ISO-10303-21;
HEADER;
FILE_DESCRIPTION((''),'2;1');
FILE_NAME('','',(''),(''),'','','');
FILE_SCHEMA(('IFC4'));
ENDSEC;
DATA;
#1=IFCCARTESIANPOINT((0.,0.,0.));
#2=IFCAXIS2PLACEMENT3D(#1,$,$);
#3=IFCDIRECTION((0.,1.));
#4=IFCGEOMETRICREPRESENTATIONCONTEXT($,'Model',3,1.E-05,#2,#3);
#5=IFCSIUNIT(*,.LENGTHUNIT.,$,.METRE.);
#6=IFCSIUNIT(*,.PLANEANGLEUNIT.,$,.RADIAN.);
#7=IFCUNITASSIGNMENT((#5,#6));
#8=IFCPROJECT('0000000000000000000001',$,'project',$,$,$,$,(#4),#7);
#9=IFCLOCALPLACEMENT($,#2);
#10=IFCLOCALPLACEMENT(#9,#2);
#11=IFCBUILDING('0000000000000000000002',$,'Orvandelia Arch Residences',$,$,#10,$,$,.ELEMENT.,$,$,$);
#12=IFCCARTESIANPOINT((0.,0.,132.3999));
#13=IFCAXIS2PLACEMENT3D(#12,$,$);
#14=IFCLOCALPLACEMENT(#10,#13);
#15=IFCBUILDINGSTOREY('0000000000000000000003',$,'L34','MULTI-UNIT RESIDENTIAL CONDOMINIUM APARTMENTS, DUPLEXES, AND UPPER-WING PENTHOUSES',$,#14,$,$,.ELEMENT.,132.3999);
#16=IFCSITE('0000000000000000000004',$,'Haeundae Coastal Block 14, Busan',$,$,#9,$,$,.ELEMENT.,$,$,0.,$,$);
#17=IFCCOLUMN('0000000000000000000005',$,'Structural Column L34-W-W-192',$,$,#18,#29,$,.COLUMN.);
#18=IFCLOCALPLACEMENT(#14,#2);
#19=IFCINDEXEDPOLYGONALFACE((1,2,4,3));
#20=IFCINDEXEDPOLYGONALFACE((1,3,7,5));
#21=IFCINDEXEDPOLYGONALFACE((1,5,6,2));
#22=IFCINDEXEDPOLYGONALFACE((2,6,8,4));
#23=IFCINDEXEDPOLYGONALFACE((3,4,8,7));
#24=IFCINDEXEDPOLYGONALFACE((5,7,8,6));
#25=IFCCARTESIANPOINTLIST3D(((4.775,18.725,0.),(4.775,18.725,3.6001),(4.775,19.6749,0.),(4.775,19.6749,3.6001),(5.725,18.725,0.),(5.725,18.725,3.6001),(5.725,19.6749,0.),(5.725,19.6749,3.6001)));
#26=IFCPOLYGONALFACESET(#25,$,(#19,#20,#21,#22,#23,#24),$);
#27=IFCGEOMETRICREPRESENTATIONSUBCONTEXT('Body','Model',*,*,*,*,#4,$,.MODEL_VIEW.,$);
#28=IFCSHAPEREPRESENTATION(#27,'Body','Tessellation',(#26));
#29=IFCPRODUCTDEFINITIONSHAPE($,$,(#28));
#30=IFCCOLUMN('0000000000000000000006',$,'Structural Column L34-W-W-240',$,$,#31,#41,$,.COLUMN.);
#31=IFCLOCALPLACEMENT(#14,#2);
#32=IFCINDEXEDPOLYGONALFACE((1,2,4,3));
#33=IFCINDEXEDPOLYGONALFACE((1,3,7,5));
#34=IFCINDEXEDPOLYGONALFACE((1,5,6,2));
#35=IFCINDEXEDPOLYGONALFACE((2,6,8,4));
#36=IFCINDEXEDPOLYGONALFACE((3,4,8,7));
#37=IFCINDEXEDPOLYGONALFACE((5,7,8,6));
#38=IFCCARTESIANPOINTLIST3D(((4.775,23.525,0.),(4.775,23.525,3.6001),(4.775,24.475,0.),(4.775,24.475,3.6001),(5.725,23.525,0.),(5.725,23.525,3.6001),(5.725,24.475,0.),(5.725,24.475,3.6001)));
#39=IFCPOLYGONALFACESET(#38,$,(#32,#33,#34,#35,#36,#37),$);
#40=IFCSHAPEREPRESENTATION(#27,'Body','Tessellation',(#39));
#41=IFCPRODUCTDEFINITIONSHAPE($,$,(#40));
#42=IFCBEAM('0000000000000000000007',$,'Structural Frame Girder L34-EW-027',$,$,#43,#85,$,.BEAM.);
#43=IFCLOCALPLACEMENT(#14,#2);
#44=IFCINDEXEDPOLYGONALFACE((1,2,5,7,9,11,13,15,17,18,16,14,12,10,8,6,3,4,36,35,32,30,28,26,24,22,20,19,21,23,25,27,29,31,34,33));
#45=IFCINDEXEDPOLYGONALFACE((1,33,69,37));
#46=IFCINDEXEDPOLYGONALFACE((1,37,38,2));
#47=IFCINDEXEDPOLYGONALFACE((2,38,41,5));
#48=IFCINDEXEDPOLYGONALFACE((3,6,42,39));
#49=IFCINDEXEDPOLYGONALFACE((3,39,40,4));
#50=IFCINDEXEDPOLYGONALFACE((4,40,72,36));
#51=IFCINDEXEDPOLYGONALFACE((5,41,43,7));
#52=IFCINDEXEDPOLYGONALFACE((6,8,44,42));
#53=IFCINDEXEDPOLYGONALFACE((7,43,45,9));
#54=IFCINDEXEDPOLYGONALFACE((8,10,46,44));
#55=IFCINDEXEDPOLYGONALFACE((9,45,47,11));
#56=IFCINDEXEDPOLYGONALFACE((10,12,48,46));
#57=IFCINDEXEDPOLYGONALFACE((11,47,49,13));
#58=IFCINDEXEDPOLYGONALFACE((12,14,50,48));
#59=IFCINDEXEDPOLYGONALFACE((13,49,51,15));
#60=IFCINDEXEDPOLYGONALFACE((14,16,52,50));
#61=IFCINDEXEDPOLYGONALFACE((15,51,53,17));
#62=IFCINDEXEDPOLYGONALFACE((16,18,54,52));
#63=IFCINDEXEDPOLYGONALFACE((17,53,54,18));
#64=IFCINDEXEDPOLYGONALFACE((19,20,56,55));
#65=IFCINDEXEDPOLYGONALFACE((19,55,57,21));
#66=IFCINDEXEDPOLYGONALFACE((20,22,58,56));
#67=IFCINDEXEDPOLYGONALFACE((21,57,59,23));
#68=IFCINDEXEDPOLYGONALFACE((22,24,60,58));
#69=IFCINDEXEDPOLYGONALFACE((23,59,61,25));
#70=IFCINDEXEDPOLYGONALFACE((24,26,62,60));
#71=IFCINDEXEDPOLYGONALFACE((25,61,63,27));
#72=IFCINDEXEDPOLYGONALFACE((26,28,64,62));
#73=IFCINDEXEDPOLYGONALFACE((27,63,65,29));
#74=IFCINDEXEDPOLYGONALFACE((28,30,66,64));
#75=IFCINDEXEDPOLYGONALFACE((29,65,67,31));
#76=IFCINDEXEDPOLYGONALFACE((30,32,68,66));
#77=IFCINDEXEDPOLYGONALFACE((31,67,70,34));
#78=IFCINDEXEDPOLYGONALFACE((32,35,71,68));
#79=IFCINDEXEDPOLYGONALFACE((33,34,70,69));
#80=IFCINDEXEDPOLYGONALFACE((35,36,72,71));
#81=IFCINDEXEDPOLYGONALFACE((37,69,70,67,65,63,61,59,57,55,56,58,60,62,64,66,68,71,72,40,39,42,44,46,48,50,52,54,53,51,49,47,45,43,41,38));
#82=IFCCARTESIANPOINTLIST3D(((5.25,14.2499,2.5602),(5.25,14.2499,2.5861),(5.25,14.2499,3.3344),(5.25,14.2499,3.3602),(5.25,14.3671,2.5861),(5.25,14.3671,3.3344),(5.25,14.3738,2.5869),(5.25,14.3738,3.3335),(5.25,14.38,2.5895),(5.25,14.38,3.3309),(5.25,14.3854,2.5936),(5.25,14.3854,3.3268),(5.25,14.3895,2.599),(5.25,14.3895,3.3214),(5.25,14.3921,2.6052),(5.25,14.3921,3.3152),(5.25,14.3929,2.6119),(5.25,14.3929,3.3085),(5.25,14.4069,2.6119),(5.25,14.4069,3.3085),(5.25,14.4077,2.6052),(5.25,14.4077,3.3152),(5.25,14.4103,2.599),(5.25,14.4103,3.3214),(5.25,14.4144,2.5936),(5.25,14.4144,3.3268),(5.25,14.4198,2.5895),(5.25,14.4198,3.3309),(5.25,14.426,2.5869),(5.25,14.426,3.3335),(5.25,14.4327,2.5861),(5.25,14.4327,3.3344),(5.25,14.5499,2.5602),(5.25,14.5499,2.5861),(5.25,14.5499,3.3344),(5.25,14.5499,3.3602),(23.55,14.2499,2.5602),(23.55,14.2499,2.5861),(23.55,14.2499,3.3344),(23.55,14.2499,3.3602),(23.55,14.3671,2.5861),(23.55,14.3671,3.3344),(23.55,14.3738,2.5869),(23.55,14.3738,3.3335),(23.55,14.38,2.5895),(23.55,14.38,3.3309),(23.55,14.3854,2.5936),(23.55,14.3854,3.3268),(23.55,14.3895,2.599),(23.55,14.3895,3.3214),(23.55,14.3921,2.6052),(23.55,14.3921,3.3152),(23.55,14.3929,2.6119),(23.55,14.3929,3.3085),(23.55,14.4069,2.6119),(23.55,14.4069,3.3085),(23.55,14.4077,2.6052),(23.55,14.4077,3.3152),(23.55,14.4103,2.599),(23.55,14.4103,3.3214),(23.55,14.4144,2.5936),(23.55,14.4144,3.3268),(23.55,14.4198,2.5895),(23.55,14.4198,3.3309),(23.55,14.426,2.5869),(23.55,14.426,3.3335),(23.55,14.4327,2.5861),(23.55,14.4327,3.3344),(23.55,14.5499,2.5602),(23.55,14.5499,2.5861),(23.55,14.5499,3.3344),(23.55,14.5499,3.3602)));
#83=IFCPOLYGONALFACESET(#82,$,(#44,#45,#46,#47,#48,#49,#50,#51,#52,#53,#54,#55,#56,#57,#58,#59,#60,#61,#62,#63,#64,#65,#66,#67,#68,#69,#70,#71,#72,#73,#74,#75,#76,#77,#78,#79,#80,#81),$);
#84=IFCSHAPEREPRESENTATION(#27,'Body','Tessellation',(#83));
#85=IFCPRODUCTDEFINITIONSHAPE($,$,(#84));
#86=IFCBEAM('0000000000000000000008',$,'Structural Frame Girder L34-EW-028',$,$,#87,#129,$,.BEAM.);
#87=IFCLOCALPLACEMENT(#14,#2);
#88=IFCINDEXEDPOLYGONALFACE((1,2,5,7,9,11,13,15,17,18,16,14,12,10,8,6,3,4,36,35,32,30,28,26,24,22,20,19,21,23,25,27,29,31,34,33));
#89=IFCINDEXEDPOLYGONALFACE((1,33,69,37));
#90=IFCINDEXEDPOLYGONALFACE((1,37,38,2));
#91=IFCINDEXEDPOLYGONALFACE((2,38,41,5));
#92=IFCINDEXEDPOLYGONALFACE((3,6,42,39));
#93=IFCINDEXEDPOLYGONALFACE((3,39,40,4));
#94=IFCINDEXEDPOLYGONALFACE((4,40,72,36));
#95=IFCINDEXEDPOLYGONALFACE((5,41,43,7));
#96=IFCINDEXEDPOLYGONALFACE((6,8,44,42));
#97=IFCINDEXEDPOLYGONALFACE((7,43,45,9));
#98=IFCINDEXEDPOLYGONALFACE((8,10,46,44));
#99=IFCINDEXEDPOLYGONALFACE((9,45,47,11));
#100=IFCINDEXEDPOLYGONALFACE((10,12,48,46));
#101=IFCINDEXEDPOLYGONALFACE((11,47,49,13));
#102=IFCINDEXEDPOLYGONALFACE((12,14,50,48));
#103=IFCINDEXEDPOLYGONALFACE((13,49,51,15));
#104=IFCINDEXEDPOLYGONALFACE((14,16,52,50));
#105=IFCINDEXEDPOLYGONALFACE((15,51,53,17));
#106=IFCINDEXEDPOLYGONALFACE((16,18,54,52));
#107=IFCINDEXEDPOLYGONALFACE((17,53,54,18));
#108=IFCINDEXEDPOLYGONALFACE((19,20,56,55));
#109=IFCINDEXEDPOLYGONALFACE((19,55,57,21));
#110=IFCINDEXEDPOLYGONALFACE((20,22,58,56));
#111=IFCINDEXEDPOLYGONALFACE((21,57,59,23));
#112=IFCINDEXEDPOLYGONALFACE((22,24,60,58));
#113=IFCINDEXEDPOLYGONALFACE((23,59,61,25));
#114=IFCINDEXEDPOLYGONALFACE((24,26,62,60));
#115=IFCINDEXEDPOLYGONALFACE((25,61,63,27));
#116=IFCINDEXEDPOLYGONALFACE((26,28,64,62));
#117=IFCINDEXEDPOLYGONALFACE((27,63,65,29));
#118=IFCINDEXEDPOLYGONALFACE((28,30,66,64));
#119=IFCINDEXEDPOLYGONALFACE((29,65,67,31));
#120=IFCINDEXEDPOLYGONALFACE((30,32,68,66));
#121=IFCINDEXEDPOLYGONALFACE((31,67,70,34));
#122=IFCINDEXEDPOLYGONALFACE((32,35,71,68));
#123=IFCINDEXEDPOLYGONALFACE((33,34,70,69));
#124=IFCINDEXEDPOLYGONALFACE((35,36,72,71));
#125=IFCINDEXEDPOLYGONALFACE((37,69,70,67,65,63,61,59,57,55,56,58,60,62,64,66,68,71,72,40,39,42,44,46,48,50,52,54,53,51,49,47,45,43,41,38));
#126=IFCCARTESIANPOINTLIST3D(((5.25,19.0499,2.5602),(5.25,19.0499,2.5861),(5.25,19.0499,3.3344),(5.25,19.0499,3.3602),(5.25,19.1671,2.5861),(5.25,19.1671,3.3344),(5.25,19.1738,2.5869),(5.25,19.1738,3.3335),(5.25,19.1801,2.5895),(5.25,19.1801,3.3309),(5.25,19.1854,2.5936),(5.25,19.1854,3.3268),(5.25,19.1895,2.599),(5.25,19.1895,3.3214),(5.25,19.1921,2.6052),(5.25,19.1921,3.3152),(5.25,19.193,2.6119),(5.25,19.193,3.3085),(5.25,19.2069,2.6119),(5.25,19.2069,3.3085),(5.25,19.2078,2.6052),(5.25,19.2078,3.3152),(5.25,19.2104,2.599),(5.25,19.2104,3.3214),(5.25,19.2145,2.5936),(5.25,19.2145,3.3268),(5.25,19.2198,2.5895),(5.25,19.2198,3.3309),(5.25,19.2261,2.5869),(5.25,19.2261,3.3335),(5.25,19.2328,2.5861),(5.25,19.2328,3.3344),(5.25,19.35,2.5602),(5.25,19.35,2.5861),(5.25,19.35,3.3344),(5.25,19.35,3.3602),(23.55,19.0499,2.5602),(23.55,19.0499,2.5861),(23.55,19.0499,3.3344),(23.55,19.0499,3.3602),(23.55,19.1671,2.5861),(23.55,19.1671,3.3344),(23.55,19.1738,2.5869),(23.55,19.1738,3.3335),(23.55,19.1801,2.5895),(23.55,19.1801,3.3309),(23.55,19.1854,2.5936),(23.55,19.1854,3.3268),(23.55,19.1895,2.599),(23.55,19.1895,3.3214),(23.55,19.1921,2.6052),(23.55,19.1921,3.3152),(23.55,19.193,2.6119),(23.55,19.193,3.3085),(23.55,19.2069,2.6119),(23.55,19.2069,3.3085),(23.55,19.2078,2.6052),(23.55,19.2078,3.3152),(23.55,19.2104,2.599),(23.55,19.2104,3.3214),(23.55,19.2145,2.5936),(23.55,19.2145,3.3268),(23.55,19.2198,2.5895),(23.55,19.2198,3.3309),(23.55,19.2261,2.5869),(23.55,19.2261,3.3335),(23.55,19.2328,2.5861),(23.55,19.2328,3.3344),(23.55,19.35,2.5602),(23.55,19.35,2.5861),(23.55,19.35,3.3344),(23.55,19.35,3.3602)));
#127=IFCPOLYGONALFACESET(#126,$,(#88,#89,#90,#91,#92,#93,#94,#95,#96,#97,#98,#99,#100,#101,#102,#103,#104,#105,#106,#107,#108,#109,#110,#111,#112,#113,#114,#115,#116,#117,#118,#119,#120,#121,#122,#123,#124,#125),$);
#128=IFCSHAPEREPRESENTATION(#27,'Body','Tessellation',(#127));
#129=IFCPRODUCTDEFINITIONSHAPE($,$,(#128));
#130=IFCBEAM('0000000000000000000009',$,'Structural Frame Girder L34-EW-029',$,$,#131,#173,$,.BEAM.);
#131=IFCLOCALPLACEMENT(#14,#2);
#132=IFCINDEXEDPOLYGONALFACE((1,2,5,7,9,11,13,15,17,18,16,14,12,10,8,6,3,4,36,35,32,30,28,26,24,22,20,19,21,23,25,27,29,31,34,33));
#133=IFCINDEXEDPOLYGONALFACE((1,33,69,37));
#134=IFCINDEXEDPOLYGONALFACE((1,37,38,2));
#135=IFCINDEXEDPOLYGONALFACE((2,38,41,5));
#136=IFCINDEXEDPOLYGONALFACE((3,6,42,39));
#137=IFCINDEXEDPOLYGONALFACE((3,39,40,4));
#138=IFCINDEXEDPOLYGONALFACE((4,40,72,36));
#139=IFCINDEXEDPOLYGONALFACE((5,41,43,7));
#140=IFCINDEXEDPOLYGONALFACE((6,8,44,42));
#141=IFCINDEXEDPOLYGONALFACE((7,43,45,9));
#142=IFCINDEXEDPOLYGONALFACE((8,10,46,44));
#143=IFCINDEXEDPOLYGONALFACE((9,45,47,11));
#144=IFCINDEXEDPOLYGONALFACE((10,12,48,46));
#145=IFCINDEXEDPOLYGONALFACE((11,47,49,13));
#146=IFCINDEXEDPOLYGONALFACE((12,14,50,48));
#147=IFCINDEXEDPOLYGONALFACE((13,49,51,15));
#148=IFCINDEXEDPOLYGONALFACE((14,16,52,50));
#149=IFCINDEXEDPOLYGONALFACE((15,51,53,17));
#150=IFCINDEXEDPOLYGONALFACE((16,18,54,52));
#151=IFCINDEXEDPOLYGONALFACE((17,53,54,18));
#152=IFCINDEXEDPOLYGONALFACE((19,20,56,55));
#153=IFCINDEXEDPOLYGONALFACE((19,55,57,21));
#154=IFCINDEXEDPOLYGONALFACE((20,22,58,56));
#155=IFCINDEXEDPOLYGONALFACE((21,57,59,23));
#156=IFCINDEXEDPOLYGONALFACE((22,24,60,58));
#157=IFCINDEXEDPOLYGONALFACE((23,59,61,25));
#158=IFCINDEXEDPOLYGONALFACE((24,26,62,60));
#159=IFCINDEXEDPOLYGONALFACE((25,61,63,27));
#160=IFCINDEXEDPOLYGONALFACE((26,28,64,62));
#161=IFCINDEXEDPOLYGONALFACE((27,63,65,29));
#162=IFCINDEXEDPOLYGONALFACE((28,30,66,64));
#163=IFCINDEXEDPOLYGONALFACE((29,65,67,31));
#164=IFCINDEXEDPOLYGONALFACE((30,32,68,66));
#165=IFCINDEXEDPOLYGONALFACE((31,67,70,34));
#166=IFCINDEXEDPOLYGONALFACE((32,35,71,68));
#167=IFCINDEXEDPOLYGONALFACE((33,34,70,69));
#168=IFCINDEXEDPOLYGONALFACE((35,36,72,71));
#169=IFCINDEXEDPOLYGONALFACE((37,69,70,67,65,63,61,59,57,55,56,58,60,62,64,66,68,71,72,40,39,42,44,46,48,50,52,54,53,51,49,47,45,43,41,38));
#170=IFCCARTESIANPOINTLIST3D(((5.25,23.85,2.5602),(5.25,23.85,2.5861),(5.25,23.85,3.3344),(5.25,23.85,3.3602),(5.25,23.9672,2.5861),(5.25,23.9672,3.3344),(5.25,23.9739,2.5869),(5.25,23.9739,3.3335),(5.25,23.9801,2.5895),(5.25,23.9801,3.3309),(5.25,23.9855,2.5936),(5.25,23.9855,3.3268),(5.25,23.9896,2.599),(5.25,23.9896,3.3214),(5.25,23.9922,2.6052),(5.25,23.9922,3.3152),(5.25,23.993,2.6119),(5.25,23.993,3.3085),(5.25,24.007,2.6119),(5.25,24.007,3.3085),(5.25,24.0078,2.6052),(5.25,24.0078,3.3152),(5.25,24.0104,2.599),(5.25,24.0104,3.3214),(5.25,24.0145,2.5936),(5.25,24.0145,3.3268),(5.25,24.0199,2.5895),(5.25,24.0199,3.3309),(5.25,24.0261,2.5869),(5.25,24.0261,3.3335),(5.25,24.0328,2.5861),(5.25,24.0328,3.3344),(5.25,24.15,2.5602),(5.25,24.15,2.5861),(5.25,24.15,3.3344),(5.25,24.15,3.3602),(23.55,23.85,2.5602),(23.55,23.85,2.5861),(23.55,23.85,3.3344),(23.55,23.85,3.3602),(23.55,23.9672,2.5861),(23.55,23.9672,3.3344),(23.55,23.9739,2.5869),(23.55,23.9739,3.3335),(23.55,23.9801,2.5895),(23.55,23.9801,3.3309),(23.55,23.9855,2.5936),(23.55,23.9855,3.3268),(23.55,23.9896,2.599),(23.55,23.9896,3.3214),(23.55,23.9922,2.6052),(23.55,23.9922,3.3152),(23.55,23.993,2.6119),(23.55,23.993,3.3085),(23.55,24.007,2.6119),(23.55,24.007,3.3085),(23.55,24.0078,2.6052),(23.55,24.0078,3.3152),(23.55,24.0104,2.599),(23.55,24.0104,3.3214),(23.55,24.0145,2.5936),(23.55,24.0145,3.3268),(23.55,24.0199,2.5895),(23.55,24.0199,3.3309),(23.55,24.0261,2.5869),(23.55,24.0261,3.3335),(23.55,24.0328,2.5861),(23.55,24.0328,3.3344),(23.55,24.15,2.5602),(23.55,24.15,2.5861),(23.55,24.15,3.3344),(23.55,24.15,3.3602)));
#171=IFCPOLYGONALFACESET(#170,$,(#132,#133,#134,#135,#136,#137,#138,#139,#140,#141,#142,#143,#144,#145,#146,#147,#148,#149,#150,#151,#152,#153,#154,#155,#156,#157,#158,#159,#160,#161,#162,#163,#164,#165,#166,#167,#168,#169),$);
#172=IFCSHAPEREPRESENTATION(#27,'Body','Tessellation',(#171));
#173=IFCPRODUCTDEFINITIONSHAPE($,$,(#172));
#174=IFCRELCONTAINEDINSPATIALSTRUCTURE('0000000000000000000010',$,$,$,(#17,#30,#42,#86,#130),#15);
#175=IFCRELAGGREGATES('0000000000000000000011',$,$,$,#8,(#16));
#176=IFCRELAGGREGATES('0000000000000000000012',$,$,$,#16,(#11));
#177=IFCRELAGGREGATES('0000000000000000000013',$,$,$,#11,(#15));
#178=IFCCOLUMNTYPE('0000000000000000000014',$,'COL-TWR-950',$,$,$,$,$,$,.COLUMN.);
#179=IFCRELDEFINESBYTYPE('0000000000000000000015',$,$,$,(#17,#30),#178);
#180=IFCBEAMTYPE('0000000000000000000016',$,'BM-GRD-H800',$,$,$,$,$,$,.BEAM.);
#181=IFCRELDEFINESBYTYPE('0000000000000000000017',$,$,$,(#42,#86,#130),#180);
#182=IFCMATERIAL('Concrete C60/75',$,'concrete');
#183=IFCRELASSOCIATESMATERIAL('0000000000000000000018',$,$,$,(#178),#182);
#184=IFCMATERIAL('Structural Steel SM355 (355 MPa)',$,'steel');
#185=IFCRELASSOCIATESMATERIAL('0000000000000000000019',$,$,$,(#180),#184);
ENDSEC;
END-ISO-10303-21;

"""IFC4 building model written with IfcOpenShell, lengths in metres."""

from ifc_helpers import new_model, si_unit, direction, frame, origin, origin_2d, place, context, subcontext, project, spatial, rectangle, i_section, extrude, material, material_profile, profile_set, type_object, element, save


model = new_model("IFC4")

# Units and contexts
model_context = context("Model", 3, precision=1e-05, world=origin(), true_north=direction((0.0, 1.0)))
body_context = subcontext(model_context, "Body", "Model", "MODEL_VIEW")
ifc_project = project(units=[si_unit("LENGTHUNIT", "METRE"), si_unit("PLANEANGLEUNIT", "RADIAN")], contexts=[model_context])

# Site, building, storey
site_placement = place(None, origin())
site = spatial("IfcSite", under=ifc_project, at=site_placement, Name="Haeundae Coastal Block 14, Busan", CompositionType="ELEMENT", RefElevation=0.0)
building_placement = place(site_placement, origin())
building = spatial("IfcBuilding", under=site, at=building_placement, Name="Orvandelia Arch Residences", CompositionType="ELEMENT")
storey_placement = place(building_placement, frame((0.0, 0.0, 132.3999)))
storey = spatial("IfcBuildingStorey", under=building, at=storey_placement, Name="L34", Description="MULTI-UNIT RESIDENTIAL CONDOMINIUM APARTMENTS, DUPLEXES, AND UPPER-WING PENTHOUSES", CompositionType="ELEMENT", Elevation=132.3999)

# Columns
ifc_material_1 = material(Name="Concrete C60/75", Category="concrete")
ifc_material_profile_1 = material_profile(ifc_material_1, rectangle(XDim=0.95, YDim=0.95, at=origin_2d()), Name="Concrete C60/75", Category="concrete")
ifc_profile_set_1 = profile_set([ifc_material_profile_1], Name="Concrete C60/75")
column_type = type_object("IfcColumnType", Name="COL-TWR-950", PredefinedType="COLUMN", material=ifc_profile_set_1)
for number, where, z_axis, x_axis, name in (
    (1, (5.25, 19.2, 0.0), (0.0, 0.0, 1.0), (1.0, 0.0, 0.0), "Structural Column L34-W-W-192"),
    (2, (5.25, 24.0, 0.0), (0.0, 0.0, 1.0), (1.0, 0.0, 0.0), "Structural Column L34-W-W-240"),
):
    element("IfcColumn", number, at=place(storey_placement, frame(where, z_axis=z_axis, x_axis=x_axis)), inside=storey, type_object=column_type, Name=name, PredefinedType="COLUMN", context=body_context, shape_type="SweptSolid", body=[
        extrude(rectangle(XDim=0.95, YDim=0.95, at=origin_2d()), origin(), (0.0, 0.0, 1.0), 3.6001),
    ])

# Beams
ifc_material_2 = material(Name="Structural Steel SM355 (355 MPa)", Category="steel")
ifc_material_profile_2 = material_profile(ifc_material_2, i_section(OverallWidth=0.3, OverallDepth=0.8, WebThickness=0.0139, FlangeThickness=0.0259, FilletRadius=0.0259, at=origin_2d()), Name="Structural Steel SM355 (355 MPa)", Category="steel")
ifc_profile_set_2 = profile_set([ifc_material_profile_2], Name="Structural Steel SM355 (355 MPa)")
beam_type_1 = type_object("IfcBeamType", Name="BM-GRD-H800", PredefinedType="BEAM", material=ifc_profile_set_2)
for number, where, z_axis, x_axis, name in (
    (3, (5.25, 14.3999, 2.9602), (1.0, 0.0, 0.0), (0.0, 1.0, 0.0), "Structural Frame Girder L34-EW-027"),
    (4, (5.25, 19.2, 2.9602), (1.0, 0.0, 0.0), (0.0, 1.0, 0.0), "Structural Frame Girder L34-EW-028"),
    (5, (5.25, 24.0, 2.9602), (1.0, 0.0, 0.0), (0.0, 1.0, 0.0), "Structural Frame Girder L34-EW-029"),
):
    element("IfcBeam", number, at=place(storey_placement, frame(where, z_axis=z_axis, x_axis=x_axis)), inside=storey, type_object=beam_type_1, Name=name, PredefinedType="BEAM", context=body_context, shape_type="SweptSolid", body=[
        extrude(i_section(OverallWidth=0.3, OverallDepth=0.8, WebThickness=0.0139, FlangeThickness=0.0259, FilletRadius=0.0259, at=origin_2d()), origin(), (0.0, 0.0, 1.0), 18.3),
    ])

save(model, "model.ifc")
